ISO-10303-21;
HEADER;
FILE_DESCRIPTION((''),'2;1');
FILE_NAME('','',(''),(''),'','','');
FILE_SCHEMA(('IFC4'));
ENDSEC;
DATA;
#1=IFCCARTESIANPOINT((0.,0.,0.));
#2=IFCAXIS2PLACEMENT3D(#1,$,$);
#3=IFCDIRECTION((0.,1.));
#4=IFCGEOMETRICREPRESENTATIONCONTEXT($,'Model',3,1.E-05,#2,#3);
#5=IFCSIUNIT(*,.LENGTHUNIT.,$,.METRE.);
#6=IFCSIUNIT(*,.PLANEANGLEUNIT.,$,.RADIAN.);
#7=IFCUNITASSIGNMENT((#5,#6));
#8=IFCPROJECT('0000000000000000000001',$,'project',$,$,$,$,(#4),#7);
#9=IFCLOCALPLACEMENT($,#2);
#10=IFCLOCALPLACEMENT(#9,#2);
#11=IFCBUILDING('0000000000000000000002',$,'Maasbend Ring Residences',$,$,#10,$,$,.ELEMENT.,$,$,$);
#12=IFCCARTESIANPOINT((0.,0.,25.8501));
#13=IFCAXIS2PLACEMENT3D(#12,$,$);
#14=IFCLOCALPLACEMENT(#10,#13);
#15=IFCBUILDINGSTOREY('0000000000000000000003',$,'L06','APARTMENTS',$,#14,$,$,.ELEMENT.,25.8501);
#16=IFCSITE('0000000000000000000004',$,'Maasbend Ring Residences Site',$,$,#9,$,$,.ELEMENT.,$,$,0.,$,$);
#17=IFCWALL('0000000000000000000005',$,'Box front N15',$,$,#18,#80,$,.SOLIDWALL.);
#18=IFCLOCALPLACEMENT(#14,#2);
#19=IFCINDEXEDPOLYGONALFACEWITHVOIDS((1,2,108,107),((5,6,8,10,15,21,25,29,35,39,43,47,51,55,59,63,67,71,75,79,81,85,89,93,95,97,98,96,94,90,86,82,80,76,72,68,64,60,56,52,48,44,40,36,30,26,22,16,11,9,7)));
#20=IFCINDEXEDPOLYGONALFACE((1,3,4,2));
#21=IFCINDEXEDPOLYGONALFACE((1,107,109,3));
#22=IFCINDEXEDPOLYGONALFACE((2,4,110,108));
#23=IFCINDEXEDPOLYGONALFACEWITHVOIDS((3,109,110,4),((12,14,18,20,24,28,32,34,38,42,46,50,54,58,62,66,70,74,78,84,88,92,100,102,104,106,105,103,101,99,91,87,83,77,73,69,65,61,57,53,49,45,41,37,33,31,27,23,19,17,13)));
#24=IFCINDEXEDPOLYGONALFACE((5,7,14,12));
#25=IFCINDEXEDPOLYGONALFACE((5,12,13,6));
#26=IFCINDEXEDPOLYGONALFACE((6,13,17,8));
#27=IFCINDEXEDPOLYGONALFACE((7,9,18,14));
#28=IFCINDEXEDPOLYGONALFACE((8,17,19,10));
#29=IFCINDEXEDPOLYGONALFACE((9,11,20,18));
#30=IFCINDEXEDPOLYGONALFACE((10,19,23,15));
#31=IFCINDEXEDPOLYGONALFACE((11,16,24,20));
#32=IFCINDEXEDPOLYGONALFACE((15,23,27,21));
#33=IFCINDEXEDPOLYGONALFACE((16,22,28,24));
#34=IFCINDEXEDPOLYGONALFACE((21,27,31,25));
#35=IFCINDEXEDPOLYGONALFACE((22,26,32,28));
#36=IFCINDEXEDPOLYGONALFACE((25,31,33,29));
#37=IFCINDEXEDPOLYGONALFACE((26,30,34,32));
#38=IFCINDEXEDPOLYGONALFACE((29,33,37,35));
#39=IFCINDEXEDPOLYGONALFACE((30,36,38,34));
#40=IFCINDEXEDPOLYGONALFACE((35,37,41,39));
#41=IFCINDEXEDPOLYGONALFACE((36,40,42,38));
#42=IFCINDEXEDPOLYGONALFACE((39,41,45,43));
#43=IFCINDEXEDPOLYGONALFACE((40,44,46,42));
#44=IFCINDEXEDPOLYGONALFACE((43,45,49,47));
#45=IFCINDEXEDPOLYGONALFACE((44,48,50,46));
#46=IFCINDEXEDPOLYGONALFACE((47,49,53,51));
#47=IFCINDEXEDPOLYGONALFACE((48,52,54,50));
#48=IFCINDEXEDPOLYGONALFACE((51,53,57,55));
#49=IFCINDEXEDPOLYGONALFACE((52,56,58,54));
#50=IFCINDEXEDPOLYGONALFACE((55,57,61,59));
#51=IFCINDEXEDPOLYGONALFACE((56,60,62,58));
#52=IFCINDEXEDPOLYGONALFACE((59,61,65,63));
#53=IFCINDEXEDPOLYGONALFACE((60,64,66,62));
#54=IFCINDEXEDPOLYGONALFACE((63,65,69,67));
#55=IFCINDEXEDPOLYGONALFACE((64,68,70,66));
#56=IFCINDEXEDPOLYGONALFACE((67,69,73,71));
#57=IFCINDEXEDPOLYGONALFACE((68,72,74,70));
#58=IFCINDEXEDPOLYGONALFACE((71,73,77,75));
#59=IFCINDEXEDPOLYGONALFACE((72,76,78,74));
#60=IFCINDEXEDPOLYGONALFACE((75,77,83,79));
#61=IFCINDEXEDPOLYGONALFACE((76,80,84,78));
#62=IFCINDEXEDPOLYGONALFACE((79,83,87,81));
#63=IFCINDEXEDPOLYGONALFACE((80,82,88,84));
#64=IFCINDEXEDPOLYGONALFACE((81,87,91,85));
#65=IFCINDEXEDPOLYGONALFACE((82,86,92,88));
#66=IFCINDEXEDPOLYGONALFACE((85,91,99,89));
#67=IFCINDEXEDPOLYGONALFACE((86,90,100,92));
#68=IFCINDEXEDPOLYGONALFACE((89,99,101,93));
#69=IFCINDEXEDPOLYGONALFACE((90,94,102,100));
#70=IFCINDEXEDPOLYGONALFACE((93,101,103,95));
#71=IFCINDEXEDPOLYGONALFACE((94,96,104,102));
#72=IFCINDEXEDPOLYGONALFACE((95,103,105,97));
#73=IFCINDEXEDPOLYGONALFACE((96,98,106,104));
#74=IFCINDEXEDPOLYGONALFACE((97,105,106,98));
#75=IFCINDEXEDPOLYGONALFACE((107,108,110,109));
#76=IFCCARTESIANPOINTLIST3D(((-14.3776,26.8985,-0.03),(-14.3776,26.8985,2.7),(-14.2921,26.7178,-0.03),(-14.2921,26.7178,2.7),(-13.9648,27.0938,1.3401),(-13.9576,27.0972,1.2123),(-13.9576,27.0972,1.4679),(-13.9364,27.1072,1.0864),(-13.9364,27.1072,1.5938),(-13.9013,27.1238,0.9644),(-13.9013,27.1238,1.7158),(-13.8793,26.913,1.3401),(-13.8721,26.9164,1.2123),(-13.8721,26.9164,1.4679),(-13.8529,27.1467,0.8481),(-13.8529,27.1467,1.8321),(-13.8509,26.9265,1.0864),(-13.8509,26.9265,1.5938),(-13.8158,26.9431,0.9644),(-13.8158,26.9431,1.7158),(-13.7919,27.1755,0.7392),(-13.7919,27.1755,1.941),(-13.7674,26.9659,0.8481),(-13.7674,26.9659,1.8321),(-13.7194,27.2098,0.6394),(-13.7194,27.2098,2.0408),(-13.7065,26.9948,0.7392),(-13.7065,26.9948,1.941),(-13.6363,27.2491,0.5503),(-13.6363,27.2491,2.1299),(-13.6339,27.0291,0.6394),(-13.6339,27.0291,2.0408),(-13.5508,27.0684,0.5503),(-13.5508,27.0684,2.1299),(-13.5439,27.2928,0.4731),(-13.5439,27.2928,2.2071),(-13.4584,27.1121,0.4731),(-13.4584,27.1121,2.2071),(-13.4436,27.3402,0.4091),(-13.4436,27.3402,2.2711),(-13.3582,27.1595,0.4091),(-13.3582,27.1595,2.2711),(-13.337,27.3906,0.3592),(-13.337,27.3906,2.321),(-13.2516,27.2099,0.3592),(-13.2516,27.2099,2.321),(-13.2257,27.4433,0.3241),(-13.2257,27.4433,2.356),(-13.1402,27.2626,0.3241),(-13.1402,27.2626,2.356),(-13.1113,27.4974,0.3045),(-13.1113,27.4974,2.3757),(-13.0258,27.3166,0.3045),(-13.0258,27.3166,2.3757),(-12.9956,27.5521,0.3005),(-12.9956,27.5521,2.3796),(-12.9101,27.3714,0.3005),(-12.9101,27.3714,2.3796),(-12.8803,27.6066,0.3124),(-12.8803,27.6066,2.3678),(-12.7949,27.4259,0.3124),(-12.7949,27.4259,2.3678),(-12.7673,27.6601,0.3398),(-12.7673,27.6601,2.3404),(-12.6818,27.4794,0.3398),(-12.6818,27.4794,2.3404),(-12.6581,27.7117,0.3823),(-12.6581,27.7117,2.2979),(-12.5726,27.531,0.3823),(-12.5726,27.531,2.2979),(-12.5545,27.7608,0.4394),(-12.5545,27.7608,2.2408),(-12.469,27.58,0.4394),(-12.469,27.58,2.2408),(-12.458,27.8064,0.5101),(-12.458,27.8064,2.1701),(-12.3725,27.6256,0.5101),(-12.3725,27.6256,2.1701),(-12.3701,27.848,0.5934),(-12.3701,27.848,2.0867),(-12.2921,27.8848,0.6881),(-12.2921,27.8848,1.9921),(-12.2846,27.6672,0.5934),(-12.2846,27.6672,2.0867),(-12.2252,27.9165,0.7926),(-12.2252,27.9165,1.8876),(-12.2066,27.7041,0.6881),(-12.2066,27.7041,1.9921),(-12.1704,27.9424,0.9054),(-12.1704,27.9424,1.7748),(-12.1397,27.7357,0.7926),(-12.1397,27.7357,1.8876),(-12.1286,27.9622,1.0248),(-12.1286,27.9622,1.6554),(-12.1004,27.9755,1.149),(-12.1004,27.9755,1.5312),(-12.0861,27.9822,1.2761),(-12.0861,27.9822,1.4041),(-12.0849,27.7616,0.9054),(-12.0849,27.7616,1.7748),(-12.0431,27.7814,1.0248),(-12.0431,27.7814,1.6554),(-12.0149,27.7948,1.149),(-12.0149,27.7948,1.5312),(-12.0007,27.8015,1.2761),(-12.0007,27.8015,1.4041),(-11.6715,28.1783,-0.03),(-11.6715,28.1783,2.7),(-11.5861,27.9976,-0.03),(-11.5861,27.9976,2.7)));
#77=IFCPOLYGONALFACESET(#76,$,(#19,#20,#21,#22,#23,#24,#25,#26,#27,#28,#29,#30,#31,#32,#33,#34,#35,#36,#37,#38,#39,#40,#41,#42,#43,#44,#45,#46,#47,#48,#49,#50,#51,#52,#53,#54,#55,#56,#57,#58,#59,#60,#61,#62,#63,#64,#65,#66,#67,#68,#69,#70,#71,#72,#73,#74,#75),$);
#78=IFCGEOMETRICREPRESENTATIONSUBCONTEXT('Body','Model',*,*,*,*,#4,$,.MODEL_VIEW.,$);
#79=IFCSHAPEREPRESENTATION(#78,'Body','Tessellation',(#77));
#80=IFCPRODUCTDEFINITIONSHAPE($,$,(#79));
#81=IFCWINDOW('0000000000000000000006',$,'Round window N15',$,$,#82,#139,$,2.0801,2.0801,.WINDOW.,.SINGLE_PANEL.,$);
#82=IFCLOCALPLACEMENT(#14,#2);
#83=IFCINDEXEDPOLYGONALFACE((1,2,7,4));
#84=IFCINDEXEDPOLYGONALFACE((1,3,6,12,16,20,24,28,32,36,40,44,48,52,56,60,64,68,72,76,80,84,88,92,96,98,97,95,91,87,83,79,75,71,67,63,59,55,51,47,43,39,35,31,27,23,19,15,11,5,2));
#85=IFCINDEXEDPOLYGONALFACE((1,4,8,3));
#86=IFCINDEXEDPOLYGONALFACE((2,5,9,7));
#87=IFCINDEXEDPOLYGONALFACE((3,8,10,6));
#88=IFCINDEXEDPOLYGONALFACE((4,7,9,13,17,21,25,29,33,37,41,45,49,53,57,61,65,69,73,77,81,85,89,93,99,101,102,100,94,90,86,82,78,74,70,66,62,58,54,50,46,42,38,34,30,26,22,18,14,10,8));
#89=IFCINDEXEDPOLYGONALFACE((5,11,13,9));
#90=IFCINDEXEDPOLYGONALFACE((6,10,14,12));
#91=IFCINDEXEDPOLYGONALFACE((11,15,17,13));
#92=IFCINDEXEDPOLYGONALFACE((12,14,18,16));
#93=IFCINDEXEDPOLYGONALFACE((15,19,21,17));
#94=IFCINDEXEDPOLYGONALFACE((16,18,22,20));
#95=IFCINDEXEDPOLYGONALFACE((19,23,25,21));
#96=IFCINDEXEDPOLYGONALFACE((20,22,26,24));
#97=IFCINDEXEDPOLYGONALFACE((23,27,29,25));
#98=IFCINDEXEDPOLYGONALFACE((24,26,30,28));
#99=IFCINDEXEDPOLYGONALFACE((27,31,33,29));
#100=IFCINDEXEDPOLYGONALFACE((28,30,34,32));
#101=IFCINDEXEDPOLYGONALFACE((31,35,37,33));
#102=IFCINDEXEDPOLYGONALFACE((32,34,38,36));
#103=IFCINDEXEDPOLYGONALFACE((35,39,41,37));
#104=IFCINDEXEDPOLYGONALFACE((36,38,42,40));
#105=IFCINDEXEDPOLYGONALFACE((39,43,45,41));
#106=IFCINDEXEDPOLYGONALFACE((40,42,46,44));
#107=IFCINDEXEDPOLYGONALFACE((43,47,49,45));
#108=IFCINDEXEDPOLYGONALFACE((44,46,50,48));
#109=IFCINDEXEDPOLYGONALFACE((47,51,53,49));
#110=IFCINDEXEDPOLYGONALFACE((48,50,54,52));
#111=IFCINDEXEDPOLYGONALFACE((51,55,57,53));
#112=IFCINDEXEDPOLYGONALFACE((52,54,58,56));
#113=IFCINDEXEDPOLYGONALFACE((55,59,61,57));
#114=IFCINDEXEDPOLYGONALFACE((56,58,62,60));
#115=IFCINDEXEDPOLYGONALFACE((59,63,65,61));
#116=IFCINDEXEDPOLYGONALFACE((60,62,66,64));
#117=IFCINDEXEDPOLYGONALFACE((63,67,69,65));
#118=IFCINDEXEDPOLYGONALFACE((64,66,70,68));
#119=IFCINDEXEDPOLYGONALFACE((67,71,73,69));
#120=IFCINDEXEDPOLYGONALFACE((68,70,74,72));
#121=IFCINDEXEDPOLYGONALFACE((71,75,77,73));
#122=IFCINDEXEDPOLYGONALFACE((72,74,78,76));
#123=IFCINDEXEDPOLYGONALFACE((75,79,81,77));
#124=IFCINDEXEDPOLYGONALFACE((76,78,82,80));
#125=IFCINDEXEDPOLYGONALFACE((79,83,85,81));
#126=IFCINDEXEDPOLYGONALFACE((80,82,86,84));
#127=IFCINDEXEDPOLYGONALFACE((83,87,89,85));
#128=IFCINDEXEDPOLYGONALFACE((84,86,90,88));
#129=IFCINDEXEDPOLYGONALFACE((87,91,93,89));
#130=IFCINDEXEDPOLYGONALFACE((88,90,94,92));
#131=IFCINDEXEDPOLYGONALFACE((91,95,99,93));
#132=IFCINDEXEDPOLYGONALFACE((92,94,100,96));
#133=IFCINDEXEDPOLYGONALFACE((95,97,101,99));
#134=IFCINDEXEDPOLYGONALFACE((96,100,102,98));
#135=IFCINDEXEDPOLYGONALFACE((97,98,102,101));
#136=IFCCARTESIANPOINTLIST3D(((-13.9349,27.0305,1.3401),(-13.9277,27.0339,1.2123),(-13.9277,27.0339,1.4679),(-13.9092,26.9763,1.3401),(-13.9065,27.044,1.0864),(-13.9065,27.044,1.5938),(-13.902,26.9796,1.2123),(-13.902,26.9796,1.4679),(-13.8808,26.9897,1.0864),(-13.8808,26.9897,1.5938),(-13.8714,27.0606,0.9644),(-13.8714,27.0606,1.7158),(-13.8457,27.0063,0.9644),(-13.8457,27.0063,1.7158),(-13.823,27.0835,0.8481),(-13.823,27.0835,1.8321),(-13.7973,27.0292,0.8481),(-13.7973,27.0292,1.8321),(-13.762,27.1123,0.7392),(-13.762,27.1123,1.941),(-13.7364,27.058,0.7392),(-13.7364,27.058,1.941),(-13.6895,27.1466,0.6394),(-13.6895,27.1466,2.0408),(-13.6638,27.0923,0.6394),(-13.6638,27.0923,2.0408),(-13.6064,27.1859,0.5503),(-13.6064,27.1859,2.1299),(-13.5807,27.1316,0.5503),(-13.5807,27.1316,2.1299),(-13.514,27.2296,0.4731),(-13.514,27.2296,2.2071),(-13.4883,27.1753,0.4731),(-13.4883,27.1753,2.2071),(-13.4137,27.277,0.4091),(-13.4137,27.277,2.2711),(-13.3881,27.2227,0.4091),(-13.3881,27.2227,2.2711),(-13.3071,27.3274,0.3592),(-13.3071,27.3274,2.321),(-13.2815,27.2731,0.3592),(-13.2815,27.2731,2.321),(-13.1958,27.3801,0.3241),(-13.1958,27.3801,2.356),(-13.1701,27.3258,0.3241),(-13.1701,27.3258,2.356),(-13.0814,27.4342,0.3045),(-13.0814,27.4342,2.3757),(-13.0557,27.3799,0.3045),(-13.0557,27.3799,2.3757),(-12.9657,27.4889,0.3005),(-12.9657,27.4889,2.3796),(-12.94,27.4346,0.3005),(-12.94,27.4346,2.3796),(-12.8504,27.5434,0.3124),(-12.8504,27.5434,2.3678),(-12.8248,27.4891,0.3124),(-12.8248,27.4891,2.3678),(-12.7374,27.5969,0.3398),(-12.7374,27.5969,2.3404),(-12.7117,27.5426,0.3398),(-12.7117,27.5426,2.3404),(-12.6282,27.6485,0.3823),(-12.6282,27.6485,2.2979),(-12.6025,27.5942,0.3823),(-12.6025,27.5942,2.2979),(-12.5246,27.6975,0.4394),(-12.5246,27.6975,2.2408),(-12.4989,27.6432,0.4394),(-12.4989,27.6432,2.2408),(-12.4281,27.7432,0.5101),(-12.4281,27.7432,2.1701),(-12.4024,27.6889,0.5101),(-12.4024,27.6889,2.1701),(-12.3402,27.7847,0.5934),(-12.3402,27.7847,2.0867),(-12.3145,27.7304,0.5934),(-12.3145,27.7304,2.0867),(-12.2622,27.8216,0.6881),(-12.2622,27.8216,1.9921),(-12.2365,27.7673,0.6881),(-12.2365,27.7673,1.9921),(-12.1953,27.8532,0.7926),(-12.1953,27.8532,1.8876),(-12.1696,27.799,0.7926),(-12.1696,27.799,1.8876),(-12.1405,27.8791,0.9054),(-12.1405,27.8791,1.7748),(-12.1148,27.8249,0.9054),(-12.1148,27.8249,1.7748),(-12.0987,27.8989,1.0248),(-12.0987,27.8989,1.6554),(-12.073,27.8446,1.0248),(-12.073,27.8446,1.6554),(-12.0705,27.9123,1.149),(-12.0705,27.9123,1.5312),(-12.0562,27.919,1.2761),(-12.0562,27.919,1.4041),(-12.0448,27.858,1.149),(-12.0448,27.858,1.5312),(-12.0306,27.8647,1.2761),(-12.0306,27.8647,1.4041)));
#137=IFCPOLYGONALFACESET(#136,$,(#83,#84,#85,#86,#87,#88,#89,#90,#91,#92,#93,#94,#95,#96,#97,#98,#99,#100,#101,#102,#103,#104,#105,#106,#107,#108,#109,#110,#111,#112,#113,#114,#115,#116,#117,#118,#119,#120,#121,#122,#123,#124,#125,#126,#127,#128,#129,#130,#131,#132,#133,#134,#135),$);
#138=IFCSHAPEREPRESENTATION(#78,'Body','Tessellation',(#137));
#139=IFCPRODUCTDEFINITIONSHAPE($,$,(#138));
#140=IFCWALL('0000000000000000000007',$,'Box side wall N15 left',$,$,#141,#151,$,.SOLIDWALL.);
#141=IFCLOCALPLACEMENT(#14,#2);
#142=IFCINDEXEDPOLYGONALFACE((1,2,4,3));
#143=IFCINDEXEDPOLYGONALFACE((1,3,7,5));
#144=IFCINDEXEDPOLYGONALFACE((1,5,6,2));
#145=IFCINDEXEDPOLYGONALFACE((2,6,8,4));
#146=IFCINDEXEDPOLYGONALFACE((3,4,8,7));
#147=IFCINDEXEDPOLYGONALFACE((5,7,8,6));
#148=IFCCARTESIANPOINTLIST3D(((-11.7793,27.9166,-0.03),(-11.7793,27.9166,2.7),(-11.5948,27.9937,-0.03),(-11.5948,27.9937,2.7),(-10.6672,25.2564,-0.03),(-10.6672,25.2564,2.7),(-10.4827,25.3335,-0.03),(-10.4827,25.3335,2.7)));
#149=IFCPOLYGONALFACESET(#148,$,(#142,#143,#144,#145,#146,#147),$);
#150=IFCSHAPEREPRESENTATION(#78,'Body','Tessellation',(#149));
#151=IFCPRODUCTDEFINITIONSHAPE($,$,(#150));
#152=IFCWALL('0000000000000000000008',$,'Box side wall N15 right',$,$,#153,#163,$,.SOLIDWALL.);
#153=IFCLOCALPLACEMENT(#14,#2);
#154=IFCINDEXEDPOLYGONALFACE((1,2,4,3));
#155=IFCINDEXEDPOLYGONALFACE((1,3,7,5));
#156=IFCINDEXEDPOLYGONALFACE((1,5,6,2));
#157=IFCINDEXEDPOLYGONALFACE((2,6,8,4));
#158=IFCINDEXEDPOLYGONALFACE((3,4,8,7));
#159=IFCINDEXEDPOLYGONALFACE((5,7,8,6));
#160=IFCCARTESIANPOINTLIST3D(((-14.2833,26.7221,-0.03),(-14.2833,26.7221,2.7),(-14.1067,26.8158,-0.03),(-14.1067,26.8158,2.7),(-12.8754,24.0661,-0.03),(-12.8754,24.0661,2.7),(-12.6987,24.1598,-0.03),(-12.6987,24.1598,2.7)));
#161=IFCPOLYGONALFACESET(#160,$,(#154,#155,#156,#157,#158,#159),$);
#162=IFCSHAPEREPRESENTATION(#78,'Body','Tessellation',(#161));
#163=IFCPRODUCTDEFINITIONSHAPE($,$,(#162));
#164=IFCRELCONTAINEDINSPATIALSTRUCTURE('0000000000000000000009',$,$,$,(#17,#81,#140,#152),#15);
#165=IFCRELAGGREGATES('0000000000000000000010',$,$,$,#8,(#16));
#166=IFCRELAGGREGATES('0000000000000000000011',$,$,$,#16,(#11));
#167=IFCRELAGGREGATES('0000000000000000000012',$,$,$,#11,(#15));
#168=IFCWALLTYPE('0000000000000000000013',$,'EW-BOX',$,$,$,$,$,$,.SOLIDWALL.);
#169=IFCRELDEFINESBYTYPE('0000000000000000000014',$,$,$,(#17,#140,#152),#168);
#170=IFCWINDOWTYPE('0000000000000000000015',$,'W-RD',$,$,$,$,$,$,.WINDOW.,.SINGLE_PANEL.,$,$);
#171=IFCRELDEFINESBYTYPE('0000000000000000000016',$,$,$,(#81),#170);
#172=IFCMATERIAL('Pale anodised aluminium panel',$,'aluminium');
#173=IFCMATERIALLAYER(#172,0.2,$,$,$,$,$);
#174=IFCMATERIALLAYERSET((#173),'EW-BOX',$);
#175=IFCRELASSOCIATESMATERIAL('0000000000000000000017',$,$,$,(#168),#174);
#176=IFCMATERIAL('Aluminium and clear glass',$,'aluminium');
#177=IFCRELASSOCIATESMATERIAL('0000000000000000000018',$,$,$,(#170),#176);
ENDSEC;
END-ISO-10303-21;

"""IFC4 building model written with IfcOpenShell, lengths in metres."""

from ifc_helpers import new_model, si_unit, direction, frame, frame_2d, origin, place, context, subcontext, project, spatial, rectangle, circle, extrude, material, layer, layer_set, type_object, element, fill, save


model = new_model("IFC4")

# Units and contexts
model_context = context("Model", 3, precision=1e-05, world=origin(), true_north=direction((0.0, 1.0)))
body_context = subcontext(model_context, "Body", "Model", "MODEL_VIEW")
ifc_project = project(units=[si_unit("LENGTHUNIT", "METRE"), si_unit("PLANEANGLEUNIT", "RADIAN")], contexts=[model_context])

# Site, building, storey
site_placement = place(None, origin())
site = spatial("IfcSite", under=ifc_project, at=site_placement, Name="Maasbend Ring Residences Site", CompositionType="ELEMENT", RefElevation=0.0)
building_placement = place(site_placement, origin())
building = spatial("IfcBuilding", under=site, at=building_placement, Name="Maasbend Ring Residences", CompositionType="ELEMENT")
storey_placement = place(building_placement, frame((0.0, 0.0, 25.8501)))
storey = spatial("IfcBuildingStorey", under=building, at=storey_placement, Name="L06", Description="APARTMENTS", CompositionType="ELEMENT", Elevation=25.8501)

# Wall, opening, window
ifc_material_1 = material(Name="Pale anodised aluminium panel", Category="aluminium")
ifc_layer_1 = layer(ifc_material_1, 0.2)
ifc_layer_set_1 = layer_set([ifc_layer_1], Name="EW-BOX")
wall_type_1 = type_object("IfcWallType", Name="EW-BOX", PredefinedType="SOLIDWALL", material=ifc_layer_set_1)
wall_1_placement = place(storey_placement, frame((-11.6289, 28.0879, -0.03), z_axis=(0.0, 0.0, 1.0), x_axis=(-0.904, -0.427532, 0.0)))
wall_1 = element("IfcWall", 1, at=wall_1_placement, inside=storey, type_object=wall_type_1, Name="Box front N15", PredefinedType="SOLIDWALL", context=body_context, shape_type="SweptSolid", body=[
    extrude(rectangle(XDim=2.9934, YDim=0.2, at=frame_2d((1.4966, 0.0))), origin(), (0.0, 0.0, 1.0), 2.73),
])
opening_1_placement = place(wall_1_placement, frame((0.4565, 0.0, 0.3301)))
opening_1 = element("IfcOpeningElement", 2, at=opening_1_placement, cuts=wall_1, PredefinedType="OPENING", context=body_context, shape_type="SweptSolid", body=[
    extrude(circle(Radius=1.04, at=frame_2d((1.04, 1.04))), frame((0.0, 0.1099, 0.0), z_axis=(0.0, -1.0, 0.0), x_axis=(1.0, 0.0, 0.0)), (0.0, 0.0, 1.0), 0.22),
])
ifc_material_2 = material(Name="Aluminium and clear glass", Category="aluminium")
window_type_1 = type_object("IfcWindowType", Name="W-RD", PartitioningType="SINGLE_PANEL", PredefinedType="WINDOW", material=ifc_material_2)
window_1_placement = place(opening_1_placement, origin())
window_1 = element("IfcWindow", 3, at=window_1_placement, inside=storey, type_object=window_type_1, Name="Round window N15", OverallHeight=2.0801, OverallWidth=2.0801, PartitioningType="SINGLE_PANEL", PredefinedType="WINDOW", context=body_context, shape_type="SweptSolid", body=[
    extrude(circle(Radius=1.04, at=frame_2d((1.04, 1.04))), frame((0.0, 0.03, 0.0), z_axis=(0.0, -1.0, 0.0), x_axis=(1.0, 0.0, 0.0)), (0.0, 0.0, 1.0), 0.0601),
])
fill(opening_1, window_1)

# Walls
wall_2_placement = place(storey_placement, frame((-10.575, 25.2949, -0.03), z_axis=(0.0, 0.0, 1.0), x_axis=(-0.385697, 0.922625, 0.0)))
element("IfcWall", 4, at=wall_2_placement, inside=storey, type_object=wall_type_1, Name="Box side wall N15 left", PredefinedType="SOLIDWALL", context=body_context, shape_type="SweptSolid", body=[
    extrude(rectangle(XDim=2.8833, YDim=0.2, at=frame_2d((1.4417, 0.0))), origin(), (0.0, 0.0, 1.0), 2.73),
])
wall_3_placement = place(storey_placement, frame((-12.7871, 24.113, -0.03), z_axis=(0.0, 0.0, 1.0), x_axis=(-0.468365, 0.883535, 0.0)))
element("IfcWall", 5, at=wall_3_placement, inside=storey, type_object=wall_type_1, Name="Box side wall N15 right", PredefinedType="SOLIDWALL", context=body_context, shape_type="SweptSolid", body=[
    extrude(rectangle(XDim=3.0061, YDim=0.2, at=frame_2d((1.5029, 0.0))), origin(), (0.0, 0.0, 1.0), 2.73),
])

save(model, "model.ifc")
